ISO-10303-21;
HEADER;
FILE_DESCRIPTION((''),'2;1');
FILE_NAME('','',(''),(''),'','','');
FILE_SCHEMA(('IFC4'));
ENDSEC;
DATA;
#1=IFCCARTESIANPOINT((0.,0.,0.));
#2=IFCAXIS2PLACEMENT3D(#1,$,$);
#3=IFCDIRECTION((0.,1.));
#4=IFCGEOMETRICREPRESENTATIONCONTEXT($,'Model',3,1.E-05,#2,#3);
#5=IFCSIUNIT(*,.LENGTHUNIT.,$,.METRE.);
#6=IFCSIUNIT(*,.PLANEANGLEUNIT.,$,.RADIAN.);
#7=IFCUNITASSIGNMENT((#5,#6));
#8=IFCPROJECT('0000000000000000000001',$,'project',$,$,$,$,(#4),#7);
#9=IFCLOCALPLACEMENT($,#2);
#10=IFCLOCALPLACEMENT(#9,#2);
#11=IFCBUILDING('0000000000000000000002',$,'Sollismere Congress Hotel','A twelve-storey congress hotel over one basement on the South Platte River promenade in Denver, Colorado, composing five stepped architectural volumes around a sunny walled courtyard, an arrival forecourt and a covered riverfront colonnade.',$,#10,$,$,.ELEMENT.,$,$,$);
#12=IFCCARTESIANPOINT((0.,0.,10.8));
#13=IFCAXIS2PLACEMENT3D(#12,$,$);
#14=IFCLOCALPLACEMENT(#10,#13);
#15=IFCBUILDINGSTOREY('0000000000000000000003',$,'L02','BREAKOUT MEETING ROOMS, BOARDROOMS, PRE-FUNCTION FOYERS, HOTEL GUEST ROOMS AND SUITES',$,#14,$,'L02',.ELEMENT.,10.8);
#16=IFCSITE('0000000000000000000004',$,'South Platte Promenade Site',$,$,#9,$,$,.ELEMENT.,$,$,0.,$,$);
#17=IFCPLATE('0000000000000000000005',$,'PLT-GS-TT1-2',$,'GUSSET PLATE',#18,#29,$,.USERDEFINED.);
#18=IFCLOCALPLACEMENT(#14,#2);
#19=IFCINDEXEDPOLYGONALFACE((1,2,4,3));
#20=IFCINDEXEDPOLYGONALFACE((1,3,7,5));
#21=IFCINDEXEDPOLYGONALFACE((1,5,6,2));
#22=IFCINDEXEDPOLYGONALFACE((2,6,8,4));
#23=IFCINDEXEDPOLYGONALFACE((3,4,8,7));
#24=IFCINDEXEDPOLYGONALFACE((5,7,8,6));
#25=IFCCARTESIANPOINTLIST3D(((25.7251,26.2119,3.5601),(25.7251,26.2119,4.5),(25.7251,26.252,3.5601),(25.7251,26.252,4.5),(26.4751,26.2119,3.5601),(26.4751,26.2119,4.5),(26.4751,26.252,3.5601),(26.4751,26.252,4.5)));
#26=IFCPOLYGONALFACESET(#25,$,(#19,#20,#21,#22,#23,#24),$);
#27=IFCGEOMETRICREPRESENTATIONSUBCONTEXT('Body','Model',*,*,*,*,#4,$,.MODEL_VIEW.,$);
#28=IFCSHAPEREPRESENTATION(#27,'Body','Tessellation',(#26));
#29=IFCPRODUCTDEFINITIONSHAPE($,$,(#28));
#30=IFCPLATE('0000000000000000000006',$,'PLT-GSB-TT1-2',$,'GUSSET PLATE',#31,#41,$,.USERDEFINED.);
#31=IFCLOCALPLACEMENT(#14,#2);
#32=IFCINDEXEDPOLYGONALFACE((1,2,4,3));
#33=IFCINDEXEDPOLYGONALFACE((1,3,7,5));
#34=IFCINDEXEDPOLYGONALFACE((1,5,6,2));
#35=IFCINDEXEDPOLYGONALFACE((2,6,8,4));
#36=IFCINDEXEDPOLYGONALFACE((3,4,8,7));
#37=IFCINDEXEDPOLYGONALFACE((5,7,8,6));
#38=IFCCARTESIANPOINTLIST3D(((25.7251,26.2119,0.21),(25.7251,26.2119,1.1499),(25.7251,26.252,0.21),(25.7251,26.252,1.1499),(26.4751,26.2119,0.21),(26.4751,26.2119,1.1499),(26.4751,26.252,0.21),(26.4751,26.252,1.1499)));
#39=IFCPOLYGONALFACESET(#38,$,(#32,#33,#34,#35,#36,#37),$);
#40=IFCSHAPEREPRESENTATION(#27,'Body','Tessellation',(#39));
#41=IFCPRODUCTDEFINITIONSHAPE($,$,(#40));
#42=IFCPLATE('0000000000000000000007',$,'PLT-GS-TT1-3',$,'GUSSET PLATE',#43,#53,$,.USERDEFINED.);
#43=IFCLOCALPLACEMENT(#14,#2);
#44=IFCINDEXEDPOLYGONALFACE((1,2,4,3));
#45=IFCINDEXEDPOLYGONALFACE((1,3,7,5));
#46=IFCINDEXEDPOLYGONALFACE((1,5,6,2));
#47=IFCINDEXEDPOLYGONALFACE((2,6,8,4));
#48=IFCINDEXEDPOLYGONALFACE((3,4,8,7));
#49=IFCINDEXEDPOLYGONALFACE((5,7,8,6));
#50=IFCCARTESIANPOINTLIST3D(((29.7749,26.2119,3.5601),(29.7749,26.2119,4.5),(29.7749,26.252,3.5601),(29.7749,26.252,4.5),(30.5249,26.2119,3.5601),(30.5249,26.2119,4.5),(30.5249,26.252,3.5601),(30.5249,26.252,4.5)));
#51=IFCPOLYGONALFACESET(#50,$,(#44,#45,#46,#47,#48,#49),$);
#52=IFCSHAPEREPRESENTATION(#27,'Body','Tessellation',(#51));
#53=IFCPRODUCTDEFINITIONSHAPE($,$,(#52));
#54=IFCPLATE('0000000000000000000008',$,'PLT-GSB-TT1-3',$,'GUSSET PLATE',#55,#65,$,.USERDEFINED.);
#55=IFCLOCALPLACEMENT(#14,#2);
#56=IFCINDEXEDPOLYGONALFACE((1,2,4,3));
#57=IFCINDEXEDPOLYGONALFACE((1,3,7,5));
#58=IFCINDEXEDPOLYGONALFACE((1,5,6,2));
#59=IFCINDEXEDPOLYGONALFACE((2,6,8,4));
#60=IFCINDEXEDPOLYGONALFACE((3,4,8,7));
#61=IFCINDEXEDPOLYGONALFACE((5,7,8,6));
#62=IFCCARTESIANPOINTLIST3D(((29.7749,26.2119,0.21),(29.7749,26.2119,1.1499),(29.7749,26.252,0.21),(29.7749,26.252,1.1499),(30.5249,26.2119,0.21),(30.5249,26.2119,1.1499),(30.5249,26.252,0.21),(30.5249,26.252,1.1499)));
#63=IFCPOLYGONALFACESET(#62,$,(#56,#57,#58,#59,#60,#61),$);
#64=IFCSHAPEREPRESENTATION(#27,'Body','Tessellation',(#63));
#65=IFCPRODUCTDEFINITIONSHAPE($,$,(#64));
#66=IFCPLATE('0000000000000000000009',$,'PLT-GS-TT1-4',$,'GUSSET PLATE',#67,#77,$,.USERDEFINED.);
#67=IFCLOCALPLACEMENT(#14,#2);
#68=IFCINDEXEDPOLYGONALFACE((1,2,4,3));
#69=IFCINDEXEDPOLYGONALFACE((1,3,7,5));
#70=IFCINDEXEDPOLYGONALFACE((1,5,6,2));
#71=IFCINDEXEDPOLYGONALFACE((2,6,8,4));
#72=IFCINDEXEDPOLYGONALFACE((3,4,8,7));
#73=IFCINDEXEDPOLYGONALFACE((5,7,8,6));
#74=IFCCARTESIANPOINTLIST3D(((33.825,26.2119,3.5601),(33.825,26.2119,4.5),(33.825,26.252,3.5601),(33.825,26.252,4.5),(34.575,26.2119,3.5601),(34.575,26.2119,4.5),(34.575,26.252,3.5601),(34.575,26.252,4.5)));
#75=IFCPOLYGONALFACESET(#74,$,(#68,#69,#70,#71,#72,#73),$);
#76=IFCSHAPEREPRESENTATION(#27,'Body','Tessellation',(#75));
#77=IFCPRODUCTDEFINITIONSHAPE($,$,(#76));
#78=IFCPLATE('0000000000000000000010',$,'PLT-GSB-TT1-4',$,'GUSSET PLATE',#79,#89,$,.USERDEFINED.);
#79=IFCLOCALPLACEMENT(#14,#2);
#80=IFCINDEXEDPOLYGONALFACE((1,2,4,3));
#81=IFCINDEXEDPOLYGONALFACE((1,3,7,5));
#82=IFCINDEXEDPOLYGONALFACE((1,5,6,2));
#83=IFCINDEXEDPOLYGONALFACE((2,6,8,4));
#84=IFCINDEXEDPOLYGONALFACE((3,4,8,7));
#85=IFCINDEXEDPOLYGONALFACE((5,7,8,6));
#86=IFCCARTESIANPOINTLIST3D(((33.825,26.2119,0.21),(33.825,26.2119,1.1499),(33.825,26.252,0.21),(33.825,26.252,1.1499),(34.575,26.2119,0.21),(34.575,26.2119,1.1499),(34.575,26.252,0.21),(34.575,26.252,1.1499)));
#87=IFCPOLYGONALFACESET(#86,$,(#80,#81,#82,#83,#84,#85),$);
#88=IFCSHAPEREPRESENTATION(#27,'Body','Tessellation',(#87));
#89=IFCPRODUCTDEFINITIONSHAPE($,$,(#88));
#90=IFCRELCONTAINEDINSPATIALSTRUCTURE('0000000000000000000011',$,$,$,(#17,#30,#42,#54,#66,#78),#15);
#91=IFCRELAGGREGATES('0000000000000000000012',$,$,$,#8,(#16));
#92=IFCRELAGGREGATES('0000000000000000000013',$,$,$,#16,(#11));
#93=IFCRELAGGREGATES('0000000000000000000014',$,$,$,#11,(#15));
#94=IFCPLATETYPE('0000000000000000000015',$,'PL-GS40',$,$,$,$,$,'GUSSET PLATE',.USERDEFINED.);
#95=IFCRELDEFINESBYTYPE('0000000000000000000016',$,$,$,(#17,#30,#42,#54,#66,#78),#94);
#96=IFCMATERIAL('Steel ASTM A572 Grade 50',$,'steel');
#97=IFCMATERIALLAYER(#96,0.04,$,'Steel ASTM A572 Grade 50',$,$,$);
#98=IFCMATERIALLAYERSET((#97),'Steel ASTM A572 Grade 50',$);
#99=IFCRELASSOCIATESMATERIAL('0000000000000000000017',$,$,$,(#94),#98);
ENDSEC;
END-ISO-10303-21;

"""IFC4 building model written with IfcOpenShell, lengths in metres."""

from ifc_helpers import new_model, si_unit, direction, frame, origin, origin_2d, place, context, subcontext, project, spatial, rectangle, extrude, material, layer, layer_set, type_object, element, save


model = new_model("IFC4")

# Units and contexts
model_context = context("Model", 3, precision=1e-05, world=origin(), true_north=direction((0.0, 1.0)))
body_context = subcontext(model_context, "Body", "Model", "MODEL_VIEW")
ifc_project = project(units=[si_unit("LENGTHUNIT", "METRE"), si_unit("PLANEANGLEUNIT", "RADIAN")], contexts=[model_context])

# Site, building, storey
site_placement = place(None, origin())
site = spatial("IfcSite", under=ifc_project, at=site_placement, Name="South Platte Promenade Site", CompositionType="ELEMENT", RefElevation=0.0)
building_placement = place(site_placement, origin())
building = spatial("IfcBuilding", under=site, at=building_placement, Name="Sollismere Congress Hotel", Description="A twelve-storey congress hotel over one basement on the South Platte River promenade in Denver, Colorado, composing five stepped architectural volumes around a sunny walled courtyard, an arrival forecourt and a covered riverfront colonnade.", CompositionType="ELEMENT")
storey_placement = place(building_placement, frame((0.0, 0.0, 10.8)))
storey = spatial("IfcBuildingStorey", under=building, at=storey_placement, Name="L02", Description="BREAKOUT MEETING ROOMS, BOARDROOMS, PRE-FUNCTION FOYERS, HOTEL GUEST ROOMS AND SUITES", LongName="L02", CompositionType="ELEMENT", Elevation=10.8)

# Plates
ifc_material_1 = material(Name="Steel ASTM A572 Grade 50", Category="steel")
ifc_layer = layer(ifc_material_1, 0.04, Name="Steel ASTM A572 Grade 50")
ifc_layer_set = layer_set([ifc_layer], Name="Steel ASTM A572 Grade 50")
plate_type = type_object("IfcPlateType", Name="PL-GS40", ElementType="GUSSET PLATE", PredefinedType="USERDEFINED", material=ifc_layer_set)
for number, where, z_axis, x_axis, name in (
    (1, (26.1001, 26.2319, 3.5601), (0.0, 0.0, 1.0), (1.0, 0.0, 0.0), "PLT-GS-TT1-2"),
    (2, (26.1001, 26.2319, 0.21), (0.0, 0.0, 1.0), (1.0, 0.0, 0.0), "PLT-GSB-TT1-2"),
    (3, (30.1499, 26.2319, 3.5601), (0.0, 0.0, 1.0), (1.0, 0.0, 0.0), "PLT-GS-TT1-3"),
    (4, (30.1499, 26.2319, 0.21), (0.0, 0.0, 1.0), (1.0, 0.0, 0.0), "PLT-GSB-TT1-3"),
    (5, (34.2, 26.2319, 3.5601), (0.0, 0.0, 1.0), (1.0, 0.0, 0.0), "PLT-GS-TT1-4"),
    (6, (34.2, 26.2319, 0.21), (0.0, 0.0, 1.0), (1.0, 0.0, 0.0), "PLT-GSB-TT1-4"),
):
    element("IfcPlate", number, at=place(storey_placement, frame(where, z_axis=z_axis, x_axis=x_axis)), inside=storey, type_object=plate_type, Name=name, ObjectType="GUSSET PLATE", PredefinedType="USERDEFINED", context=body_context, shape_type="SweptSolid", body=[
        extrude(rectangle(XDim=0.75, YDim=0.04, at=origin_2d()), origin(), (0.0, 0.0, 1.0), 0.9399),
    ])

save(model, "model.ifc")
